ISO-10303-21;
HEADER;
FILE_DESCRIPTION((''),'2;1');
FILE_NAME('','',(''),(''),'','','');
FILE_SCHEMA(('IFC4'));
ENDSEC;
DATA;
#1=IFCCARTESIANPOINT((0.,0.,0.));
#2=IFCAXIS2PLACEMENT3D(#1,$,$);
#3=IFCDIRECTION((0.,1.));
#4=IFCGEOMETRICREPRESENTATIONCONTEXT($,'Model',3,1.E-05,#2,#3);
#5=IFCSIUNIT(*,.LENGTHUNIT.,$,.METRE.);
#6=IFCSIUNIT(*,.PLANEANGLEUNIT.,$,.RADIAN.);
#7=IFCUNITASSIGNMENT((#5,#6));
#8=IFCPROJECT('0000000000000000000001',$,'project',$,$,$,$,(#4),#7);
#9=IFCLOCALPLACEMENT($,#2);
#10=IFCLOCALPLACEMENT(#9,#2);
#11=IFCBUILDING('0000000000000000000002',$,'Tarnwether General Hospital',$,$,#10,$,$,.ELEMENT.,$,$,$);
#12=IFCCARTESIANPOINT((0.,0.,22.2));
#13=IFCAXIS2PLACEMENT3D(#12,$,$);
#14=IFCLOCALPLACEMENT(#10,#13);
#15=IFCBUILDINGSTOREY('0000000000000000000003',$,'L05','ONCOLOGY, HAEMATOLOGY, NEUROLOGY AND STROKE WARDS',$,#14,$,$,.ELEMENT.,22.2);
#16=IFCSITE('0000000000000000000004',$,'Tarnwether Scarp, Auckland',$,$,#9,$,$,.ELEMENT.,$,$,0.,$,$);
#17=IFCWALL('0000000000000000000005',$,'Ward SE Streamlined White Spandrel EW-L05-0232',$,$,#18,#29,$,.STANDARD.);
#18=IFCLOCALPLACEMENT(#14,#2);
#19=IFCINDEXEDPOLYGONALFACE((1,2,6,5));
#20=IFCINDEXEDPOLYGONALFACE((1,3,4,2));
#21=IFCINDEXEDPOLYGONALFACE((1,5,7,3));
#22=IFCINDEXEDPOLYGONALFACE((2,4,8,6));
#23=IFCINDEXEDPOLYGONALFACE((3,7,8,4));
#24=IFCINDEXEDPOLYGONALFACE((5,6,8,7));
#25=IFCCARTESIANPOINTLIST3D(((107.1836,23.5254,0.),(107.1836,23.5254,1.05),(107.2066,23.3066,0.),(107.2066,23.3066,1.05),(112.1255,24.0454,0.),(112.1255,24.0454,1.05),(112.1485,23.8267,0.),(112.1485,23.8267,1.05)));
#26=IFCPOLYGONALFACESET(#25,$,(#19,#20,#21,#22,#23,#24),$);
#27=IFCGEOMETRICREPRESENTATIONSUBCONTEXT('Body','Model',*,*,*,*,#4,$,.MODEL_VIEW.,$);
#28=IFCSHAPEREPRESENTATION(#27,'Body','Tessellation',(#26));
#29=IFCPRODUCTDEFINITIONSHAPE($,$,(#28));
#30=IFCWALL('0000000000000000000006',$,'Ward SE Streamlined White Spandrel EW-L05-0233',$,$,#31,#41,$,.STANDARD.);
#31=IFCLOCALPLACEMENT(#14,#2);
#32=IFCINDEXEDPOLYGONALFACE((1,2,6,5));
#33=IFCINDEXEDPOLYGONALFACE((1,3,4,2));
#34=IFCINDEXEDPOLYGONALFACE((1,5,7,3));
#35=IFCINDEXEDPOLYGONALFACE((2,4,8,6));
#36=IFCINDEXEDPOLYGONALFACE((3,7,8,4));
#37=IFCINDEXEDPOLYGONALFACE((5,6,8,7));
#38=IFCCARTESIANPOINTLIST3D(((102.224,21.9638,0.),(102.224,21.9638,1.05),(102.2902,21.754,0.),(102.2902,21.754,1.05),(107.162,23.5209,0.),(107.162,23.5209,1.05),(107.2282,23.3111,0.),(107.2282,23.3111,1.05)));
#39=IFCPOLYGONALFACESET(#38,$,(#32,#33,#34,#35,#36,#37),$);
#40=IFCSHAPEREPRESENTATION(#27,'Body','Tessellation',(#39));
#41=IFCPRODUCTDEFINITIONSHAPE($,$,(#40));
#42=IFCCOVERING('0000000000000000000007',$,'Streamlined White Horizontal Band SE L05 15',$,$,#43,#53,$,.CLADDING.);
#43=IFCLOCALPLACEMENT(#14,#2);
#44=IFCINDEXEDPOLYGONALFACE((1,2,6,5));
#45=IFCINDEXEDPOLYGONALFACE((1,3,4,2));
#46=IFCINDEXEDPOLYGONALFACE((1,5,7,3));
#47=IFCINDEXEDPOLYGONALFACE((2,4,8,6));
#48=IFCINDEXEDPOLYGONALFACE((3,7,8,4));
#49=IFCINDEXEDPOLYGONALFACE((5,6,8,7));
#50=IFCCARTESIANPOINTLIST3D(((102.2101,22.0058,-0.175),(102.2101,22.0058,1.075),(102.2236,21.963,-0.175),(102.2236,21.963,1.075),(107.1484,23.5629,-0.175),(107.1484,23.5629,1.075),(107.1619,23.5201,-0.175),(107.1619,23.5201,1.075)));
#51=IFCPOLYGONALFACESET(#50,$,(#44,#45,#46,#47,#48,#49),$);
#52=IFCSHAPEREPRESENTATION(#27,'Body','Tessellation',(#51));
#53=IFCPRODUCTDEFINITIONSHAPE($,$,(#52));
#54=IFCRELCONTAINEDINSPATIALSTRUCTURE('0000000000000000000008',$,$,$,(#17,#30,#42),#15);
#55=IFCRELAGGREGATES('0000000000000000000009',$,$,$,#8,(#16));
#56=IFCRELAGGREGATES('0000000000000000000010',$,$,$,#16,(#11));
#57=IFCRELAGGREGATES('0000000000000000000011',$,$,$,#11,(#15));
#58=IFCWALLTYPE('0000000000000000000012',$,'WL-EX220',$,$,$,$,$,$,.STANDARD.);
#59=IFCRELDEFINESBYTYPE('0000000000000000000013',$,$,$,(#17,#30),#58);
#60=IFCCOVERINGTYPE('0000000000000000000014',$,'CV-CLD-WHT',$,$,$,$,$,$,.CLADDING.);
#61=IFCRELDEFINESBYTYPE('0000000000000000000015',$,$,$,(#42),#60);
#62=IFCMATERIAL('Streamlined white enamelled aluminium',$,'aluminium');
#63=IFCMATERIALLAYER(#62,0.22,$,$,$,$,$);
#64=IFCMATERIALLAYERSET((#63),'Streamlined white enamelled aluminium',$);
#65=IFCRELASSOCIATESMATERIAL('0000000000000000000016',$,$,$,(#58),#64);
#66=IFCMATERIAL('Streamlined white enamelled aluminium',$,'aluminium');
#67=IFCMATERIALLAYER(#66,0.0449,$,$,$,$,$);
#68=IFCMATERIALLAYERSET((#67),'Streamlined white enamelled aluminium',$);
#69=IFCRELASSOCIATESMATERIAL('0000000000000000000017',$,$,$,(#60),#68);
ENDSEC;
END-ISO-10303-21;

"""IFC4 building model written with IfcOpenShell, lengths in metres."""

from ifc_helpers import new_model, si_unit, direction, frame, frame_2d, origin, origin_2d, place, context, subcontext, project, spatial, rectangle, extrude, material, layer, layer_set, type_object, element, save


model = new_model("IFC4")

# Units and contexts
model_context = context("Model", 3, precision=1e-05, world=origin(), true_north=direction((0.0, 1.0)))
body_context = subcontext(model_context, "Body", "Model", "MODEL_VIEW")
ifc_project = project(units=[si_unit("LENGTHUNIT", "METRE"), si_unit("PLANEANGLEUNIT", "RADIAN")], contexts=[model_context])

# Site, building, storey
site_placement = place(None, origin())
site = spatial("IfcSite", under=ifc_project, at=site_placement, Name="Tarnwether Scarp, Auckland", CompositionType="ELEMENT", RefElevation=0.0)
building_placement = place(site_placement, origin())
building = spatial("IfcBuilding", under=site, at=building_placement, Name="Tarnwether General Hospital", CompositionType="ELEMENT")
storey_placement = place(building_placement, frame((0.0, 0.0, 22.2)))
storey = spatial("IfcBuildingStorey", under=building, at=storey_placement, Name="L05", Description="ONCOLOGY, HAEMATOLOGY, NEUROLOGY AND STROKE WARDS", CompositionType="ELEMENT", Elevation=22.2)

# Walls
ifc_material_1 = material(Name="Streamlined white enamelled aluminium", Category="aluminium")
ifc_layer_1 = layer(ifc_material_1, 0.22)
ifc_layer_set_1 = layer_set([ifc_layer_1], Name="Streamlined white enamelled aluminium")
wall_type = type_object("IfcWallType", Name="WL-EX220", PredefinedType="STANDARD", material=ifc_layer_set_1)
wall_1_placement = place(storey_placement, frame((107.1951, 23.416, 0.0), z_axis=(0.0, 0.0, 1.0), x_axis=(0.994509, 0.104649, 0.0)))
element("IfcWall", 1, at=wall_1_placement, inside=storey, type_object=wall_type, Name="Ward SE Streamlined White Spandrel EW-L05-0232", PredefinedType="STANDARD", context=body_context, shape_type="SweptSolid", body=[
    extrude(rectangle(XDim=4.9692, YDim=0.22, at=frame_2d((2.4846, 0.0))), origin(), (0.0, 0.0, 1.0), 1.05),
])
wall_2_placement = place(storey_placement, frame((102.2571, 21.8589, 0.0), z_axis=(0.0, 0.0, 1.0), x_axis=(0.953707, 0.300739, 0.0)))
element("IfcWall", 2, at=wall_2_placement, inside=storey, type_object=wall_type, Name="Ward SE Streamlined White Spandrel EW-L05-0233", PredefinedType="STANDARD", context=body_context, shape_type="SweptSolid", body=[
    extrude(rectangle(XDim=5.1777, YDim=0.22, at=frame_2d((2.5889, 0.0))), origin(), (0.0, 0.0, 1.0), 1.05),
])

# Covering
ifc_material_2 = material(Name="Streamlined white enamelled aluminium", Category="aluminium")
ifc_layer_2 = layer(ifc_material_2, 0.0449)
ifc_layer_set_2 = layer_set([ifc_layer_2], Name="Streamlined white enamelled aluminium")
covering_type = type_object("IfcCoveringType", Name="CV-CLD-WHT", PredefinedType="CLADDING", material=ifc_layer_set_2)
covering_placement = place(storey_placement, frame((104.686, 22.7629, -0.175), z_axis=(0.0, 0.0, 1.0), x_axis=(0.953712, 0.300722, 0.0)))
element("IfcCovering", 3, at=covering_placement, inside=storey, type_object=covering_type, Name="Streamlined White Horizontal Band SE L05 15", PredefinedType="CLADDING", context=body_context, shape_type="SweptSolid", body=[
    extrude(rectangle(XDim=5.178, YDim=0.0449, at=origin_2d()), origin(), (0.0, 0.0, 1.0), 1.25),
])

save(model, "model.ifc")
